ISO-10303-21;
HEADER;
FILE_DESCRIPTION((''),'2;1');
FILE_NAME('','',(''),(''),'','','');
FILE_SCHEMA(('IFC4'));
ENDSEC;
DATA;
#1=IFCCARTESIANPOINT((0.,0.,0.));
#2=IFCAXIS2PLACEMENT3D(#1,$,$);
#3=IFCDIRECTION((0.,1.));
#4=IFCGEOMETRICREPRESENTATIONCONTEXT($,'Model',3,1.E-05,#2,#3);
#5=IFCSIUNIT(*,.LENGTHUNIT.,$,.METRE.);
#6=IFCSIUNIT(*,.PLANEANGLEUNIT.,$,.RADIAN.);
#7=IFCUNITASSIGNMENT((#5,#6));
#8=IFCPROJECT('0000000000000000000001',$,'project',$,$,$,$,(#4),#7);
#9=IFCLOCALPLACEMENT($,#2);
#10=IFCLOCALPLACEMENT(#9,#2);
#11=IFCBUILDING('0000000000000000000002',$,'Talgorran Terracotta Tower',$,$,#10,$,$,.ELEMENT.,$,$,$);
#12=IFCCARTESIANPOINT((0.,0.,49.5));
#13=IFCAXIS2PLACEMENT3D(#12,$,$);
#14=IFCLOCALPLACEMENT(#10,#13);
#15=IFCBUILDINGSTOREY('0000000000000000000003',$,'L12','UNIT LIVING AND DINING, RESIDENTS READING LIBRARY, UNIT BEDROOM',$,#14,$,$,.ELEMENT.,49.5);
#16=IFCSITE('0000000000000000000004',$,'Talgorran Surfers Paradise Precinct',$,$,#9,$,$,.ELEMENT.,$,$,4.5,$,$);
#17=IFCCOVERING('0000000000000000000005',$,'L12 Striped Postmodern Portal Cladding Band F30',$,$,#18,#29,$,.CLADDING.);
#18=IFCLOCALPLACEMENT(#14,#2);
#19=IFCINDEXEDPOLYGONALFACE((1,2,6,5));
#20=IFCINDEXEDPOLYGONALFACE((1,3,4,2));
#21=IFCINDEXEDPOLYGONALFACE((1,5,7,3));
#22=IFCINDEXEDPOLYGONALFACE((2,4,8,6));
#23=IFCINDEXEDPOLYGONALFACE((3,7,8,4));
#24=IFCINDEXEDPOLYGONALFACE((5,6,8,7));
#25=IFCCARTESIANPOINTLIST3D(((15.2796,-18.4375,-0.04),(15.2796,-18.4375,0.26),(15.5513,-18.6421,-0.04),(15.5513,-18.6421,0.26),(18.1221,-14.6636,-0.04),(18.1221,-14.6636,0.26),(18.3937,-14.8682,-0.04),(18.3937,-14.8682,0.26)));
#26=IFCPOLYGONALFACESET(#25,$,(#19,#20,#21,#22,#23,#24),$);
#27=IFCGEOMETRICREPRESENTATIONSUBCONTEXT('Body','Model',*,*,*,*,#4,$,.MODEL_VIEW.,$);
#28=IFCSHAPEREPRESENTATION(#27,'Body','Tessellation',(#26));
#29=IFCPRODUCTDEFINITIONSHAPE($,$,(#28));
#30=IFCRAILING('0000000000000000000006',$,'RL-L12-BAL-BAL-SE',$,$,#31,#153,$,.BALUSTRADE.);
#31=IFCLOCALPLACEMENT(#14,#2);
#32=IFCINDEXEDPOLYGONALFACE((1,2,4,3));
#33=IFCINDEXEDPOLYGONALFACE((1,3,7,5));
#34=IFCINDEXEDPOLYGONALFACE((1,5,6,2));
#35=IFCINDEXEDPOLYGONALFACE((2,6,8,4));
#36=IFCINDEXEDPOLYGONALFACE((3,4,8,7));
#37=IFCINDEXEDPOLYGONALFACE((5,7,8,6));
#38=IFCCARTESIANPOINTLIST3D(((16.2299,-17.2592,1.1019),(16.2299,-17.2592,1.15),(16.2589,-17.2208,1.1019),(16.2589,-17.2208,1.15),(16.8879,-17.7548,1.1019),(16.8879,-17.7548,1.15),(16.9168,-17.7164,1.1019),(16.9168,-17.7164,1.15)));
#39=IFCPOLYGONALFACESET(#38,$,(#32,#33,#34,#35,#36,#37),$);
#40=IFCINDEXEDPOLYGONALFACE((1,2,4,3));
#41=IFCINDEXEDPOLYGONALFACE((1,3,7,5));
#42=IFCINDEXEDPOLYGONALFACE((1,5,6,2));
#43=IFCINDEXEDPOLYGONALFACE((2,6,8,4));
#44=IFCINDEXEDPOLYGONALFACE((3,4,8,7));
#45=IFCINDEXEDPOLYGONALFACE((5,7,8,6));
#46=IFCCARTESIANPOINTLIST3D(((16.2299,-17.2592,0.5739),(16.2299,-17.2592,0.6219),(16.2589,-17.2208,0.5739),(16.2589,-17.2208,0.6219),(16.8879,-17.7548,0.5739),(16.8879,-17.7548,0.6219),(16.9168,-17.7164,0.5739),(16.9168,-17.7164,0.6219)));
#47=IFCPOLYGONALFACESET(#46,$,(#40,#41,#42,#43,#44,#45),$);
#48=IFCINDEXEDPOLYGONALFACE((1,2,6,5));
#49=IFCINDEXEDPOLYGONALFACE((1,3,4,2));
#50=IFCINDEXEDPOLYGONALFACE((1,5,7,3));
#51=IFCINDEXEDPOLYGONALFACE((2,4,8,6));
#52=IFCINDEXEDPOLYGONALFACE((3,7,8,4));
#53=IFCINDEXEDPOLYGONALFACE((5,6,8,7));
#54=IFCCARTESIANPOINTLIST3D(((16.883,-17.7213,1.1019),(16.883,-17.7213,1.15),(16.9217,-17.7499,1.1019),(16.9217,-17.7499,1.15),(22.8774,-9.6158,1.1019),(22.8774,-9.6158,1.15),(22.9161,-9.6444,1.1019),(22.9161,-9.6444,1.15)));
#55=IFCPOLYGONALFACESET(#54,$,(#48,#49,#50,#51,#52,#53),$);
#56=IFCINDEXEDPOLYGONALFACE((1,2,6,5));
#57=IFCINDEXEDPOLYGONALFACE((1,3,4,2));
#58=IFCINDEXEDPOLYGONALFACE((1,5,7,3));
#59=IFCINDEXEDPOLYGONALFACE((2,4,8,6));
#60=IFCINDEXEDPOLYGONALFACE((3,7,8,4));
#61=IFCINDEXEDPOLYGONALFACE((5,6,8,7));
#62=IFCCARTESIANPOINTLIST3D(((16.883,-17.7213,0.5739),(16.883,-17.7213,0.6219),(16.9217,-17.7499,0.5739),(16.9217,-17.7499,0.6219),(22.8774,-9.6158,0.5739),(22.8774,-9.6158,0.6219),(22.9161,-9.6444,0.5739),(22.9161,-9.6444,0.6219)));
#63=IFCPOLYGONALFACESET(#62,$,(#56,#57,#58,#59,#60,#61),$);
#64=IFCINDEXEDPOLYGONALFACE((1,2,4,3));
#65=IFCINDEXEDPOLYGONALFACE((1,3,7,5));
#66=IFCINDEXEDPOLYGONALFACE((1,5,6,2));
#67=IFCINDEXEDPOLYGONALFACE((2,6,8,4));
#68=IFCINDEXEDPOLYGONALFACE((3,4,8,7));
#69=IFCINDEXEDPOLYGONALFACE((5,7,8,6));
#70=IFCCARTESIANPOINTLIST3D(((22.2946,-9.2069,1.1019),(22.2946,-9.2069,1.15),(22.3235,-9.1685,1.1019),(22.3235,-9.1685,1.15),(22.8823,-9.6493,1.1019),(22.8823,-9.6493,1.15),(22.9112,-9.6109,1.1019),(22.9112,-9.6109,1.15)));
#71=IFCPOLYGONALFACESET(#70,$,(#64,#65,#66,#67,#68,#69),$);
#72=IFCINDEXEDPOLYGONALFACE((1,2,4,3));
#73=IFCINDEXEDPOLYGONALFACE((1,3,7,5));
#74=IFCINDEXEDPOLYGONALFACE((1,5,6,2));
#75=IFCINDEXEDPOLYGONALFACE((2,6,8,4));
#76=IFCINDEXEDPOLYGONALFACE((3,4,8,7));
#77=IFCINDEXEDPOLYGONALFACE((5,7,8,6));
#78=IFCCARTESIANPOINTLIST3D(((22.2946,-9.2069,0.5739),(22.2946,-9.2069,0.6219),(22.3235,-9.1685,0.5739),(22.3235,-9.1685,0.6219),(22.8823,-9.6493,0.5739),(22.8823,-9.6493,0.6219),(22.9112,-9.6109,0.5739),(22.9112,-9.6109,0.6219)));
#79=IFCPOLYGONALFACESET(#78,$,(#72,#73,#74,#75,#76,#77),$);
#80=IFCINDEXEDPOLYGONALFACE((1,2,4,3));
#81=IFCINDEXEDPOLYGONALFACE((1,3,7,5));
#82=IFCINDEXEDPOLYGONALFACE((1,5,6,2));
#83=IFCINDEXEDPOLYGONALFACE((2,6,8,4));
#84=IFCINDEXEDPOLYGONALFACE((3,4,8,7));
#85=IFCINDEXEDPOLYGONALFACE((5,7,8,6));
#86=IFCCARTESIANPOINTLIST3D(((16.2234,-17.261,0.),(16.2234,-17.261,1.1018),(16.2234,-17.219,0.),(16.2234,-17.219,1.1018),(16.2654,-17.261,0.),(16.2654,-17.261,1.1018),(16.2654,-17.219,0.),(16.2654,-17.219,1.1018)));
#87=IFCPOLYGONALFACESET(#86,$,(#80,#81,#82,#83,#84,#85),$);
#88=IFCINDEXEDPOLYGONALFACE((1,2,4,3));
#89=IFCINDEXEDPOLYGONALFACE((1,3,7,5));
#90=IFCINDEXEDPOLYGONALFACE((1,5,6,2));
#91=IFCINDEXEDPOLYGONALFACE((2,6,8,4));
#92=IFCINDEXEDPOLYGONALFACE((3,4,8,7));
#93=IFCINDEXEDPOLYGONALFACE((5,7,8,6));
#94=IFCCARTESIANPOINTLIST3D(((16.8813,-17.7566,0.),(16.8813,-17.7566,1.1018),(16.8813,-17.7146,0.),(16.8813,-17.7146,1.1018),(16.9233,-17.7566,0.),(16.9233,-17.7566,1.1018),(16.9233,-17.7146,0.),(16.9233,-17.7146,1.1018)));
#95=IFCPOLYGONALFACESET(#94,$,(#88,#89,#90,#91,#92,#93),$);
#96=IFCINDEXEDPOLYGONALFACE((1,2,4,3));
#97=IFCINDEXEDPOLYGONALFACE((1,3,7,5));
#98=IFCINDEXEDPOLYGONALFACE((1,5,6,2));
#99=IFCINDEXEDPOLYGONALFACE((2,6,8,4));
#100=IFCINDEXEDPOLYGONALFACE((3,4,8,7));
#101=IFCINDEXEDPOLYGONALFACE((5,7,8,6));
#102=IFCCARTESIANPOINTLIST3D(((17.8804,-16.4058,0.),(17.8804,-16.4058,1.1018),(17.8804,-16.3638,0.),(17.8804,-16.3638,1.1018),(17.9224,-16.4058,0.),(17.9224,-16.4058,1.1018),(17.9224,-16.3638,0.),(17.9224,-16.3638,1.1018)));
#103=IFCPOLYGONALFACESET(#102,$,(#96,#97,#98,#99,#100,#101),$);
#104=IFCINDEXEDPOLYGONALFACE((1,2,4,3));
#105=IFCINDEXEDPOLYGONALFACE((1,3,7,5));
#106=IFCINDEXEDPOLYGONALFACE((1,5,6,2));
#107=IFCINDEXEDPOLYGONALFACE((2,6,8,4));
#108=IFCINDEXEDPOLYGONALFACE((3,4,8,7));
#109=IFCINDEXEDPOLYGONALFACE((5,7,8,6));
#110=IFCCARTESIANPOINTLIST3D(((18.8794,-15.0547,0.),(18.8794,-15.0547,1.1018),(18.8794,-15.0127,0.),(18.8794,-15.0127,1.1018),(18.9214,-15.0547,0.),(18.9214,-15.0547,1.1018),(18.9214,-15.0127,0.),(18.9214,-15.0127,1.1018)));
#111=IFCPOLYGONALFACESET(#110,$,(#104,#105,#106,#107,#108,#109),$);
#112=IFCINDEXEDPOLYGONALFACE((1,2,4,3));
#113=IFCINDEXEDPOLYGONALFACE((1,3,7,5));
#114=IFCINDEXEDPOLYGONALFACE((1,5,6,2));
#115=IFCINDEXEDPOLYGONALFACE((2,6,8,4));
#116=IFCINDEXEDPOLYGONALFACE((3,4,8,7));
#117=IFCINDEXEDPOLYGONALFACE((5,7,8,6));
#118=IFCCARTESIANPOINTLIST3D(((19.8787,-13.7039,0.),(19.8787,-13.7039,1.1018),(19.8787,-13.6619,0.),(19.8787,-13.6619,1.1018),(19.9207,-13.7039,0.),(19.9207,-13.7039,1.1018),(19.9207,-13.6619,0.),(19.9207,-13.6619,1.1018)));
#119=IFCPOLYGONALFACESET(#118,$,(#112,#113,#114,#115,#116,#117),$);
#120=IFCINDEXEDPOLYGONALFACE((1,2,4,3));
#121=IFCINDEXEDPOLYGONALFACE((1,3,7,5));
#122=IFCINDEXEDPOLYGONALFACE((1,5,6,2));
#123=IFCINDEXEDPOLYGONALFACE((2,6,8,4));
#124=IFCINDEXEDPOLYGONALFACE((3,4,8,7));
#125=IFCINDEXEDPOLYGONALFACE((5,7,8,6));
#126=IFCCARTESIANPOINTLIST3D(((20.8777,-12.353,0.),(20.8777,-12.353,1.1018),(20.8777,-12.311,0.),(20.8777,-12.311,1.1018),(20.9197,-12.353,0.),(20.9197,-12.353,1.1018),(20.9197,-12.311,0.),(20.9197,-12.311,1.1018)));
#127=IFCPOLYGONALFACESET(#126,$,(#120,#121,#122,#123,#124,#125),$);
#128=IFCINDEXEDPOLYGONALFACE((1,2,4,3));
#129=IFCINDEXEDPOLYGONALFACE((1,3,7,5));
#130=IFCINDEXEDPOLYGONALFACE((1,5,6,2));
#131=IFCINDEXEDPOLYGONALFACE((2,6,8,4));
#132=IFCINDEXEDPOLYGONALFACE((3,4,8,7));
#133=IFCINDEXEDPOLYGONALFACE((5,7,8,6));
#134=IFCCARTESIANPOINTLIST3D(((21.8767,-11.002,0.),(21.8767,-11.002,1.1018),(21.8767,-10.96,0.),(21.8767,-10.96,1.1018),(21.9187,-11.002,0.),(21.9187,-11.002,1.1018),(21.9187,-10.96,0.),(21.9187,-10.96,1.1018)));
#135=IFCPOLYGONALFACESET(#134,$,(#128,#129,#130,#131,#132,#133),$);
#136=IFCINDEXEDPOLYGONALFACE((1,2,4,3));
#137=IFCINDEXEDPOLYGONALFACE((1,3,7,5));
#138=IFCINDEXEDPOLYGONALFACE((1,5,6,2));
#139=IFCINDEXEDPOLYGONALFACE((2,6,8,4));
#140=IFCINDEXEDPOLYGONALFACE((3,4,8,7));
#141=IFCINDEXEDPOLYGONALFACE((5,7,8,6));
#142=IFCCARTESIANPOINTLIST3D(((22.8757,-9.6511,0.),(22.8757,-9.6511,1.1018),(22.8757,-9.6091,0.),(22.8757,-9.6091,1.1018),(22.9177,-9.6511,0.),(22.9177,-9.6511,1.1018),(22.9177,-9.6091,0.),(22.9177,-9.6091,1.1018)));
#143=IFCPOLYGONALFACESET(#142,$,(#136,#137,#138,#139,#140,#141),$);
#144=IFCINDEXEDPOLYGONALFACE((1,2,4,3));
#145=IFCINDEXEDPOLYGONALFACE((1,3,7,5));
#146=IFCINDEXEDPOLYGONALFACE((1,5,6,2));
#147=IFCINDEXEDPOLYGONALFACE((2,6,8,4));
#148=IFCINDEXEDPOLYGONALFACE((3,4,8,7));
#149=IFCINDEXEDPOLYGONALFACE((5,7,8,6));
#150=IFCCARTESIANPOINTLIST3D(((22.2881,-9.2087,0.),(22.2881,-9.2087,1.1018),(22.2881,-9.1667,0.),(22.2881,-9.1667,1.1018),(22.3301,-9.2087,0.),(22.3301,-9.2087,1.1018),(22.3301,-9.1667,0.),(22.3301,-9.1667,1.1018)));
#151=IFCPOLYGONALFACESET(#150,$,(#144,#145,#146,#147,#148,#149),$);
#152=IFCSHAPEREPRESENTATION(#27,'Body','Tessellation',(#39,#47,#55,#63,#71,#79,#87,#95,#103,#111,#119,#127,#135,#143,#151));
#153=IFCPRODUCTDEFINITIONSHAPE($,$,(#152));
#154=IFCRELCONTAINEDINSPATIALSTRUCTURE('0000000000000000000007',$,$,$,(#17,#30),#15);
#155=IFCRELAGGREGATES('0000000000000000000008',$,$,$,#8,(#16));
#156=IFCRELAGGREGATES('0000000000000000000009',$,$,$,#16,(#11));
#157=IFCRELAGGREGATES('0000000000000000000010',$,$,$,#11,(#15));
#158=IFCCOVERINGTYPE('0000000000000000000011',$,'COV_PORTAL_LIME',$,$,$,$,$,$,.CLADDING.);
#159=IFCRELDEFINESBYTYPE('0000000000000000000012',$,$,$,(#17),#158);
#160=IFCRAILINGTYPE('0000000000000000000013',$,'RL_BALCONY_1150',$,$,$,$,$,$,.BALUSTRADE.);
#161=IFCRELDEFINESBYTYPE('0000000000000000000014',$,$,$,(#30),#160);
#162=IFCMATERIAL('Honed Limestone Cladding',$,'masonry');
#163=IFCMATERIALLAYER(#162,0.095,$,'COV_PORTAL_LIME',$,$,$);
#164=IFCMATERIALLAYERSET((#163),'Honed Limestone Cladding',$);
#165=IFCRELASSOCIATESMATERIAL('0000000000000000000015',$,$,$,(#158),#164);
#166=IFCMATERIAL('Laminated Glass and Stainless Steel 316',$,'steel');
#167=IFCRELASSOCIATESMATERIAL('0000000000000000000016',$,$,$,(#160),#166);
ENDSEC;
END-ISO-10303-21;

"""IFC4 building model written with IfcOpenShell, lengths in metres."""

from ifc_helpers import new_model, si_unit, direction, frame, origin, origin_2d, place, context, subcontext, project, spatial, rectangle, extrude, material, layer, layer_set, type_object, element, save


model = new_model("IFC4")

# Units and contexts
model_context = context("Model", 3, precision=1e-05, world=origin(), true_north=direction((0.0, 1.0)))
body_context = subcontext(model_context, "Body", "Model", "MODEL_VIEW")
ifc_project = project(units=[si_unit("LENGTHUNIT", "METRE"), si_unit("PLANEANGLEUNIT", "RADIAN")], contexts=[model_context])

# Site, building, storey
site_placement = place(None, origin())
site = spatial("IfcSite", under=ifc_project, at=site_placement, Name="Talgorran Surfers Paradise Precinct", CompositionType="ELEMENT", RefElevation=4.5)
building_placement = place(site_placement, origin())
building = spatial("IfcBuilding", under=site, at=building_placement, Name="Talgorran Terracotta Tower", CompositionType="ELEMENT")
storey_placement = place(building_placement, frame((0.0, 0.0, 49.5)))
storey = spatial("IfcBuildingStorey", under=building, at=storey_placement, Name="L12", Description="UNIT LIVING AND DINING, RESIDENTS READING LIBRARY, UNIT BEDROOM", CompositionType="ELEMENT", Elevation=49.5)

# Covering
ifc_material_1 = material(Name="Honed Limestone Cladding", Category="masonry")
ifc_layer_1 = layer(ifc_material_1, 0.095, Name="COV_PORTAL_LIME")
ifc_layer_set_1 = layer_set([ifc_layer_1], Name="Honed Limestone Cladding")
covering_type_1 = type_object("IfcCoveringType", Name="COV_PORTAL_LIME", PredefinedType="CLADDING", material=ifc_layer_set_1)
covering_1_placement = place(storey_placement, frame((16.8367, -16.6528, -0.04), z_axis=(0.0, 0.0, 1.0), x_axis=(0.601634, 0.798772, 0.0)))
element("IfcCovering", 1, at=covering_1_placement, inside=storey, type_object=covering_type_1, Name="L12 Striped Postmodern Portal Cladding Band F30", PredefinedType="CLADDING", context=body_context, shape_type="SweptSolid", body=[
    extrude(rectangle(XDim=4.7246, YDim=0.3401, at=origin_2d()), origin(), (0.0, 0.0, 1.0), 0.3),
])

# Railing
ifc_material_2 = material(Name="Laminated Glass and Stainless Steel 316", Category="steel")
railing_type = type_object("IfcRailingType", Name="RL_BALCONY_1150", PredefinedType="BALUSTRADE", material=ifc_material_2)
railing_placement = place(storey_placement, frame((16.2444, -17.24, 0.0)))
element("IfcRailing", 2, at=railing_placement, inside=storey, type_object=railing_type, Name="RL-L12-BAL-BAL-SE", PredefinedType="BALUSTRADE", context=body_context, shape_type="SweptSolid", body=[
    extrude(rectangle(XDim=0.0481, YDim=0.0481, at=origin_2d()), frame((0.0, 0.0, 1.126), z_axis=(0.798753, -0.601658, 0.0), x_axis=(0.601658, 0.798753, 0.0)), (0.0, 0.0, 1.0), 0.8237),
    extrude(rectangle(XDim=0.0481, YDim=0.0481, at=origin_2d()), frame((0.0, 0.0, 0.5979), z_axis=(0.798753, -0.601658, 0.0), x_axis=(0.601658, 0.798753, 0.0)), (0.0, 0.0, 1.0), 0.8237),
    extrude(rectangle(XDim=0.0481, YDim=0.0481, at=origin_2d()), frame((0.658, -0.4956, 1.126), z_axis=(0.594608, 0.804016, 0.0), x_axis=(-0.804016, 0.594608, 0.0)), (0.0, 0.0, 1.0), 10.0813),
    extrude(rectangle(XDim=0.0481, YDim=0.0481, at=origin_2d()), frame((0.658, -0.4956, 0.5979), z_axis=(0.594608, 0.804016, 0.0), x_axis=(-0.804016, 0.594608, 0.0)), (0.0, 0.0, 1.0), 10.0813),
    extrude(rectangle(XDim=0.0481, YDim=0.0481, at=origin_2d()), frame((6.6523, 7.6099, 1.126), z_axis=(-0.798923, 0.601433, 0.0), x_axis=(-0.601433, -0.798923, 0.0)), (0.0, 0.0, 1.0), 0.7356),
    extrude(rectangle(XDim=0.0481, YDim=0.0481, at=origin_2d()), frame((6.6523, 7.6099, 0.5979), z_axis=(-0.798923, 0.601433, 0.0), x_axis=(-0.601433, -0.798923, 0.0)), (0.0, 0.0, 1.0), 0.7356),
    extrude(rectangle(XDim=0.042, YDim=0.042, at=origin_2d()), origin(), (0.0, 0.0, 1.0), 1.1018),
    extrude(rectangle(XDim=0.042, YDim=0.042, at=origin_2d()), frame((0.658, -0.4956, 0.0)), (0.0, 0.0, 1.0), 1.1018),
    extrude(rectangle(XDim=0.042, YDim=0.042, at=origin_2d()), frame((1.657, 0.8552, 0.0)), (0.0, 0.0, 1.0), 1.1018),
    extrude(rectangle(XDim=0.042, YDim=0.042, at=origin_2d()), frame((2.656, 2.2063, 0.0)), (0.0, 0.0, 1.0), 1.1018),
    extrude(rectangle(XDim=0.042, YDim=0.042, at=origin_2d()), frame((3.6553, 3.5571, 0.0)), (0.0, 0.0, 1.0), 1.1018),
    extrude(rectangle(XDim=0.042, YDim=0.042, at=origin_2d()), frame((4.6543, 4.908, 0.0)), (0.0, 0.0, 1.0), 1.1018),
    extrude(rectangle(XDim=0.042, YDim=0.042, at=origin_2d()), frame((5.6533, 6.259, 0.0)), (0.0, 0.0, 1.0), 1.1018),
    extrude(rectangle(XDim=0.042, YDim=0.042, at=origin_2d()), frame((6.6523, 7.6099, 0.0)), (0.0, 0.0, 1.0), 1.1018),
    extrude(rectangle(XDim=0.042, YDim=0.042, at=origin_2d()), frame((6.0647, 8.0522, 0.0)), (0.0, 0.0, 1.0), 1.1018),
])

save(model, "model.ifc")
